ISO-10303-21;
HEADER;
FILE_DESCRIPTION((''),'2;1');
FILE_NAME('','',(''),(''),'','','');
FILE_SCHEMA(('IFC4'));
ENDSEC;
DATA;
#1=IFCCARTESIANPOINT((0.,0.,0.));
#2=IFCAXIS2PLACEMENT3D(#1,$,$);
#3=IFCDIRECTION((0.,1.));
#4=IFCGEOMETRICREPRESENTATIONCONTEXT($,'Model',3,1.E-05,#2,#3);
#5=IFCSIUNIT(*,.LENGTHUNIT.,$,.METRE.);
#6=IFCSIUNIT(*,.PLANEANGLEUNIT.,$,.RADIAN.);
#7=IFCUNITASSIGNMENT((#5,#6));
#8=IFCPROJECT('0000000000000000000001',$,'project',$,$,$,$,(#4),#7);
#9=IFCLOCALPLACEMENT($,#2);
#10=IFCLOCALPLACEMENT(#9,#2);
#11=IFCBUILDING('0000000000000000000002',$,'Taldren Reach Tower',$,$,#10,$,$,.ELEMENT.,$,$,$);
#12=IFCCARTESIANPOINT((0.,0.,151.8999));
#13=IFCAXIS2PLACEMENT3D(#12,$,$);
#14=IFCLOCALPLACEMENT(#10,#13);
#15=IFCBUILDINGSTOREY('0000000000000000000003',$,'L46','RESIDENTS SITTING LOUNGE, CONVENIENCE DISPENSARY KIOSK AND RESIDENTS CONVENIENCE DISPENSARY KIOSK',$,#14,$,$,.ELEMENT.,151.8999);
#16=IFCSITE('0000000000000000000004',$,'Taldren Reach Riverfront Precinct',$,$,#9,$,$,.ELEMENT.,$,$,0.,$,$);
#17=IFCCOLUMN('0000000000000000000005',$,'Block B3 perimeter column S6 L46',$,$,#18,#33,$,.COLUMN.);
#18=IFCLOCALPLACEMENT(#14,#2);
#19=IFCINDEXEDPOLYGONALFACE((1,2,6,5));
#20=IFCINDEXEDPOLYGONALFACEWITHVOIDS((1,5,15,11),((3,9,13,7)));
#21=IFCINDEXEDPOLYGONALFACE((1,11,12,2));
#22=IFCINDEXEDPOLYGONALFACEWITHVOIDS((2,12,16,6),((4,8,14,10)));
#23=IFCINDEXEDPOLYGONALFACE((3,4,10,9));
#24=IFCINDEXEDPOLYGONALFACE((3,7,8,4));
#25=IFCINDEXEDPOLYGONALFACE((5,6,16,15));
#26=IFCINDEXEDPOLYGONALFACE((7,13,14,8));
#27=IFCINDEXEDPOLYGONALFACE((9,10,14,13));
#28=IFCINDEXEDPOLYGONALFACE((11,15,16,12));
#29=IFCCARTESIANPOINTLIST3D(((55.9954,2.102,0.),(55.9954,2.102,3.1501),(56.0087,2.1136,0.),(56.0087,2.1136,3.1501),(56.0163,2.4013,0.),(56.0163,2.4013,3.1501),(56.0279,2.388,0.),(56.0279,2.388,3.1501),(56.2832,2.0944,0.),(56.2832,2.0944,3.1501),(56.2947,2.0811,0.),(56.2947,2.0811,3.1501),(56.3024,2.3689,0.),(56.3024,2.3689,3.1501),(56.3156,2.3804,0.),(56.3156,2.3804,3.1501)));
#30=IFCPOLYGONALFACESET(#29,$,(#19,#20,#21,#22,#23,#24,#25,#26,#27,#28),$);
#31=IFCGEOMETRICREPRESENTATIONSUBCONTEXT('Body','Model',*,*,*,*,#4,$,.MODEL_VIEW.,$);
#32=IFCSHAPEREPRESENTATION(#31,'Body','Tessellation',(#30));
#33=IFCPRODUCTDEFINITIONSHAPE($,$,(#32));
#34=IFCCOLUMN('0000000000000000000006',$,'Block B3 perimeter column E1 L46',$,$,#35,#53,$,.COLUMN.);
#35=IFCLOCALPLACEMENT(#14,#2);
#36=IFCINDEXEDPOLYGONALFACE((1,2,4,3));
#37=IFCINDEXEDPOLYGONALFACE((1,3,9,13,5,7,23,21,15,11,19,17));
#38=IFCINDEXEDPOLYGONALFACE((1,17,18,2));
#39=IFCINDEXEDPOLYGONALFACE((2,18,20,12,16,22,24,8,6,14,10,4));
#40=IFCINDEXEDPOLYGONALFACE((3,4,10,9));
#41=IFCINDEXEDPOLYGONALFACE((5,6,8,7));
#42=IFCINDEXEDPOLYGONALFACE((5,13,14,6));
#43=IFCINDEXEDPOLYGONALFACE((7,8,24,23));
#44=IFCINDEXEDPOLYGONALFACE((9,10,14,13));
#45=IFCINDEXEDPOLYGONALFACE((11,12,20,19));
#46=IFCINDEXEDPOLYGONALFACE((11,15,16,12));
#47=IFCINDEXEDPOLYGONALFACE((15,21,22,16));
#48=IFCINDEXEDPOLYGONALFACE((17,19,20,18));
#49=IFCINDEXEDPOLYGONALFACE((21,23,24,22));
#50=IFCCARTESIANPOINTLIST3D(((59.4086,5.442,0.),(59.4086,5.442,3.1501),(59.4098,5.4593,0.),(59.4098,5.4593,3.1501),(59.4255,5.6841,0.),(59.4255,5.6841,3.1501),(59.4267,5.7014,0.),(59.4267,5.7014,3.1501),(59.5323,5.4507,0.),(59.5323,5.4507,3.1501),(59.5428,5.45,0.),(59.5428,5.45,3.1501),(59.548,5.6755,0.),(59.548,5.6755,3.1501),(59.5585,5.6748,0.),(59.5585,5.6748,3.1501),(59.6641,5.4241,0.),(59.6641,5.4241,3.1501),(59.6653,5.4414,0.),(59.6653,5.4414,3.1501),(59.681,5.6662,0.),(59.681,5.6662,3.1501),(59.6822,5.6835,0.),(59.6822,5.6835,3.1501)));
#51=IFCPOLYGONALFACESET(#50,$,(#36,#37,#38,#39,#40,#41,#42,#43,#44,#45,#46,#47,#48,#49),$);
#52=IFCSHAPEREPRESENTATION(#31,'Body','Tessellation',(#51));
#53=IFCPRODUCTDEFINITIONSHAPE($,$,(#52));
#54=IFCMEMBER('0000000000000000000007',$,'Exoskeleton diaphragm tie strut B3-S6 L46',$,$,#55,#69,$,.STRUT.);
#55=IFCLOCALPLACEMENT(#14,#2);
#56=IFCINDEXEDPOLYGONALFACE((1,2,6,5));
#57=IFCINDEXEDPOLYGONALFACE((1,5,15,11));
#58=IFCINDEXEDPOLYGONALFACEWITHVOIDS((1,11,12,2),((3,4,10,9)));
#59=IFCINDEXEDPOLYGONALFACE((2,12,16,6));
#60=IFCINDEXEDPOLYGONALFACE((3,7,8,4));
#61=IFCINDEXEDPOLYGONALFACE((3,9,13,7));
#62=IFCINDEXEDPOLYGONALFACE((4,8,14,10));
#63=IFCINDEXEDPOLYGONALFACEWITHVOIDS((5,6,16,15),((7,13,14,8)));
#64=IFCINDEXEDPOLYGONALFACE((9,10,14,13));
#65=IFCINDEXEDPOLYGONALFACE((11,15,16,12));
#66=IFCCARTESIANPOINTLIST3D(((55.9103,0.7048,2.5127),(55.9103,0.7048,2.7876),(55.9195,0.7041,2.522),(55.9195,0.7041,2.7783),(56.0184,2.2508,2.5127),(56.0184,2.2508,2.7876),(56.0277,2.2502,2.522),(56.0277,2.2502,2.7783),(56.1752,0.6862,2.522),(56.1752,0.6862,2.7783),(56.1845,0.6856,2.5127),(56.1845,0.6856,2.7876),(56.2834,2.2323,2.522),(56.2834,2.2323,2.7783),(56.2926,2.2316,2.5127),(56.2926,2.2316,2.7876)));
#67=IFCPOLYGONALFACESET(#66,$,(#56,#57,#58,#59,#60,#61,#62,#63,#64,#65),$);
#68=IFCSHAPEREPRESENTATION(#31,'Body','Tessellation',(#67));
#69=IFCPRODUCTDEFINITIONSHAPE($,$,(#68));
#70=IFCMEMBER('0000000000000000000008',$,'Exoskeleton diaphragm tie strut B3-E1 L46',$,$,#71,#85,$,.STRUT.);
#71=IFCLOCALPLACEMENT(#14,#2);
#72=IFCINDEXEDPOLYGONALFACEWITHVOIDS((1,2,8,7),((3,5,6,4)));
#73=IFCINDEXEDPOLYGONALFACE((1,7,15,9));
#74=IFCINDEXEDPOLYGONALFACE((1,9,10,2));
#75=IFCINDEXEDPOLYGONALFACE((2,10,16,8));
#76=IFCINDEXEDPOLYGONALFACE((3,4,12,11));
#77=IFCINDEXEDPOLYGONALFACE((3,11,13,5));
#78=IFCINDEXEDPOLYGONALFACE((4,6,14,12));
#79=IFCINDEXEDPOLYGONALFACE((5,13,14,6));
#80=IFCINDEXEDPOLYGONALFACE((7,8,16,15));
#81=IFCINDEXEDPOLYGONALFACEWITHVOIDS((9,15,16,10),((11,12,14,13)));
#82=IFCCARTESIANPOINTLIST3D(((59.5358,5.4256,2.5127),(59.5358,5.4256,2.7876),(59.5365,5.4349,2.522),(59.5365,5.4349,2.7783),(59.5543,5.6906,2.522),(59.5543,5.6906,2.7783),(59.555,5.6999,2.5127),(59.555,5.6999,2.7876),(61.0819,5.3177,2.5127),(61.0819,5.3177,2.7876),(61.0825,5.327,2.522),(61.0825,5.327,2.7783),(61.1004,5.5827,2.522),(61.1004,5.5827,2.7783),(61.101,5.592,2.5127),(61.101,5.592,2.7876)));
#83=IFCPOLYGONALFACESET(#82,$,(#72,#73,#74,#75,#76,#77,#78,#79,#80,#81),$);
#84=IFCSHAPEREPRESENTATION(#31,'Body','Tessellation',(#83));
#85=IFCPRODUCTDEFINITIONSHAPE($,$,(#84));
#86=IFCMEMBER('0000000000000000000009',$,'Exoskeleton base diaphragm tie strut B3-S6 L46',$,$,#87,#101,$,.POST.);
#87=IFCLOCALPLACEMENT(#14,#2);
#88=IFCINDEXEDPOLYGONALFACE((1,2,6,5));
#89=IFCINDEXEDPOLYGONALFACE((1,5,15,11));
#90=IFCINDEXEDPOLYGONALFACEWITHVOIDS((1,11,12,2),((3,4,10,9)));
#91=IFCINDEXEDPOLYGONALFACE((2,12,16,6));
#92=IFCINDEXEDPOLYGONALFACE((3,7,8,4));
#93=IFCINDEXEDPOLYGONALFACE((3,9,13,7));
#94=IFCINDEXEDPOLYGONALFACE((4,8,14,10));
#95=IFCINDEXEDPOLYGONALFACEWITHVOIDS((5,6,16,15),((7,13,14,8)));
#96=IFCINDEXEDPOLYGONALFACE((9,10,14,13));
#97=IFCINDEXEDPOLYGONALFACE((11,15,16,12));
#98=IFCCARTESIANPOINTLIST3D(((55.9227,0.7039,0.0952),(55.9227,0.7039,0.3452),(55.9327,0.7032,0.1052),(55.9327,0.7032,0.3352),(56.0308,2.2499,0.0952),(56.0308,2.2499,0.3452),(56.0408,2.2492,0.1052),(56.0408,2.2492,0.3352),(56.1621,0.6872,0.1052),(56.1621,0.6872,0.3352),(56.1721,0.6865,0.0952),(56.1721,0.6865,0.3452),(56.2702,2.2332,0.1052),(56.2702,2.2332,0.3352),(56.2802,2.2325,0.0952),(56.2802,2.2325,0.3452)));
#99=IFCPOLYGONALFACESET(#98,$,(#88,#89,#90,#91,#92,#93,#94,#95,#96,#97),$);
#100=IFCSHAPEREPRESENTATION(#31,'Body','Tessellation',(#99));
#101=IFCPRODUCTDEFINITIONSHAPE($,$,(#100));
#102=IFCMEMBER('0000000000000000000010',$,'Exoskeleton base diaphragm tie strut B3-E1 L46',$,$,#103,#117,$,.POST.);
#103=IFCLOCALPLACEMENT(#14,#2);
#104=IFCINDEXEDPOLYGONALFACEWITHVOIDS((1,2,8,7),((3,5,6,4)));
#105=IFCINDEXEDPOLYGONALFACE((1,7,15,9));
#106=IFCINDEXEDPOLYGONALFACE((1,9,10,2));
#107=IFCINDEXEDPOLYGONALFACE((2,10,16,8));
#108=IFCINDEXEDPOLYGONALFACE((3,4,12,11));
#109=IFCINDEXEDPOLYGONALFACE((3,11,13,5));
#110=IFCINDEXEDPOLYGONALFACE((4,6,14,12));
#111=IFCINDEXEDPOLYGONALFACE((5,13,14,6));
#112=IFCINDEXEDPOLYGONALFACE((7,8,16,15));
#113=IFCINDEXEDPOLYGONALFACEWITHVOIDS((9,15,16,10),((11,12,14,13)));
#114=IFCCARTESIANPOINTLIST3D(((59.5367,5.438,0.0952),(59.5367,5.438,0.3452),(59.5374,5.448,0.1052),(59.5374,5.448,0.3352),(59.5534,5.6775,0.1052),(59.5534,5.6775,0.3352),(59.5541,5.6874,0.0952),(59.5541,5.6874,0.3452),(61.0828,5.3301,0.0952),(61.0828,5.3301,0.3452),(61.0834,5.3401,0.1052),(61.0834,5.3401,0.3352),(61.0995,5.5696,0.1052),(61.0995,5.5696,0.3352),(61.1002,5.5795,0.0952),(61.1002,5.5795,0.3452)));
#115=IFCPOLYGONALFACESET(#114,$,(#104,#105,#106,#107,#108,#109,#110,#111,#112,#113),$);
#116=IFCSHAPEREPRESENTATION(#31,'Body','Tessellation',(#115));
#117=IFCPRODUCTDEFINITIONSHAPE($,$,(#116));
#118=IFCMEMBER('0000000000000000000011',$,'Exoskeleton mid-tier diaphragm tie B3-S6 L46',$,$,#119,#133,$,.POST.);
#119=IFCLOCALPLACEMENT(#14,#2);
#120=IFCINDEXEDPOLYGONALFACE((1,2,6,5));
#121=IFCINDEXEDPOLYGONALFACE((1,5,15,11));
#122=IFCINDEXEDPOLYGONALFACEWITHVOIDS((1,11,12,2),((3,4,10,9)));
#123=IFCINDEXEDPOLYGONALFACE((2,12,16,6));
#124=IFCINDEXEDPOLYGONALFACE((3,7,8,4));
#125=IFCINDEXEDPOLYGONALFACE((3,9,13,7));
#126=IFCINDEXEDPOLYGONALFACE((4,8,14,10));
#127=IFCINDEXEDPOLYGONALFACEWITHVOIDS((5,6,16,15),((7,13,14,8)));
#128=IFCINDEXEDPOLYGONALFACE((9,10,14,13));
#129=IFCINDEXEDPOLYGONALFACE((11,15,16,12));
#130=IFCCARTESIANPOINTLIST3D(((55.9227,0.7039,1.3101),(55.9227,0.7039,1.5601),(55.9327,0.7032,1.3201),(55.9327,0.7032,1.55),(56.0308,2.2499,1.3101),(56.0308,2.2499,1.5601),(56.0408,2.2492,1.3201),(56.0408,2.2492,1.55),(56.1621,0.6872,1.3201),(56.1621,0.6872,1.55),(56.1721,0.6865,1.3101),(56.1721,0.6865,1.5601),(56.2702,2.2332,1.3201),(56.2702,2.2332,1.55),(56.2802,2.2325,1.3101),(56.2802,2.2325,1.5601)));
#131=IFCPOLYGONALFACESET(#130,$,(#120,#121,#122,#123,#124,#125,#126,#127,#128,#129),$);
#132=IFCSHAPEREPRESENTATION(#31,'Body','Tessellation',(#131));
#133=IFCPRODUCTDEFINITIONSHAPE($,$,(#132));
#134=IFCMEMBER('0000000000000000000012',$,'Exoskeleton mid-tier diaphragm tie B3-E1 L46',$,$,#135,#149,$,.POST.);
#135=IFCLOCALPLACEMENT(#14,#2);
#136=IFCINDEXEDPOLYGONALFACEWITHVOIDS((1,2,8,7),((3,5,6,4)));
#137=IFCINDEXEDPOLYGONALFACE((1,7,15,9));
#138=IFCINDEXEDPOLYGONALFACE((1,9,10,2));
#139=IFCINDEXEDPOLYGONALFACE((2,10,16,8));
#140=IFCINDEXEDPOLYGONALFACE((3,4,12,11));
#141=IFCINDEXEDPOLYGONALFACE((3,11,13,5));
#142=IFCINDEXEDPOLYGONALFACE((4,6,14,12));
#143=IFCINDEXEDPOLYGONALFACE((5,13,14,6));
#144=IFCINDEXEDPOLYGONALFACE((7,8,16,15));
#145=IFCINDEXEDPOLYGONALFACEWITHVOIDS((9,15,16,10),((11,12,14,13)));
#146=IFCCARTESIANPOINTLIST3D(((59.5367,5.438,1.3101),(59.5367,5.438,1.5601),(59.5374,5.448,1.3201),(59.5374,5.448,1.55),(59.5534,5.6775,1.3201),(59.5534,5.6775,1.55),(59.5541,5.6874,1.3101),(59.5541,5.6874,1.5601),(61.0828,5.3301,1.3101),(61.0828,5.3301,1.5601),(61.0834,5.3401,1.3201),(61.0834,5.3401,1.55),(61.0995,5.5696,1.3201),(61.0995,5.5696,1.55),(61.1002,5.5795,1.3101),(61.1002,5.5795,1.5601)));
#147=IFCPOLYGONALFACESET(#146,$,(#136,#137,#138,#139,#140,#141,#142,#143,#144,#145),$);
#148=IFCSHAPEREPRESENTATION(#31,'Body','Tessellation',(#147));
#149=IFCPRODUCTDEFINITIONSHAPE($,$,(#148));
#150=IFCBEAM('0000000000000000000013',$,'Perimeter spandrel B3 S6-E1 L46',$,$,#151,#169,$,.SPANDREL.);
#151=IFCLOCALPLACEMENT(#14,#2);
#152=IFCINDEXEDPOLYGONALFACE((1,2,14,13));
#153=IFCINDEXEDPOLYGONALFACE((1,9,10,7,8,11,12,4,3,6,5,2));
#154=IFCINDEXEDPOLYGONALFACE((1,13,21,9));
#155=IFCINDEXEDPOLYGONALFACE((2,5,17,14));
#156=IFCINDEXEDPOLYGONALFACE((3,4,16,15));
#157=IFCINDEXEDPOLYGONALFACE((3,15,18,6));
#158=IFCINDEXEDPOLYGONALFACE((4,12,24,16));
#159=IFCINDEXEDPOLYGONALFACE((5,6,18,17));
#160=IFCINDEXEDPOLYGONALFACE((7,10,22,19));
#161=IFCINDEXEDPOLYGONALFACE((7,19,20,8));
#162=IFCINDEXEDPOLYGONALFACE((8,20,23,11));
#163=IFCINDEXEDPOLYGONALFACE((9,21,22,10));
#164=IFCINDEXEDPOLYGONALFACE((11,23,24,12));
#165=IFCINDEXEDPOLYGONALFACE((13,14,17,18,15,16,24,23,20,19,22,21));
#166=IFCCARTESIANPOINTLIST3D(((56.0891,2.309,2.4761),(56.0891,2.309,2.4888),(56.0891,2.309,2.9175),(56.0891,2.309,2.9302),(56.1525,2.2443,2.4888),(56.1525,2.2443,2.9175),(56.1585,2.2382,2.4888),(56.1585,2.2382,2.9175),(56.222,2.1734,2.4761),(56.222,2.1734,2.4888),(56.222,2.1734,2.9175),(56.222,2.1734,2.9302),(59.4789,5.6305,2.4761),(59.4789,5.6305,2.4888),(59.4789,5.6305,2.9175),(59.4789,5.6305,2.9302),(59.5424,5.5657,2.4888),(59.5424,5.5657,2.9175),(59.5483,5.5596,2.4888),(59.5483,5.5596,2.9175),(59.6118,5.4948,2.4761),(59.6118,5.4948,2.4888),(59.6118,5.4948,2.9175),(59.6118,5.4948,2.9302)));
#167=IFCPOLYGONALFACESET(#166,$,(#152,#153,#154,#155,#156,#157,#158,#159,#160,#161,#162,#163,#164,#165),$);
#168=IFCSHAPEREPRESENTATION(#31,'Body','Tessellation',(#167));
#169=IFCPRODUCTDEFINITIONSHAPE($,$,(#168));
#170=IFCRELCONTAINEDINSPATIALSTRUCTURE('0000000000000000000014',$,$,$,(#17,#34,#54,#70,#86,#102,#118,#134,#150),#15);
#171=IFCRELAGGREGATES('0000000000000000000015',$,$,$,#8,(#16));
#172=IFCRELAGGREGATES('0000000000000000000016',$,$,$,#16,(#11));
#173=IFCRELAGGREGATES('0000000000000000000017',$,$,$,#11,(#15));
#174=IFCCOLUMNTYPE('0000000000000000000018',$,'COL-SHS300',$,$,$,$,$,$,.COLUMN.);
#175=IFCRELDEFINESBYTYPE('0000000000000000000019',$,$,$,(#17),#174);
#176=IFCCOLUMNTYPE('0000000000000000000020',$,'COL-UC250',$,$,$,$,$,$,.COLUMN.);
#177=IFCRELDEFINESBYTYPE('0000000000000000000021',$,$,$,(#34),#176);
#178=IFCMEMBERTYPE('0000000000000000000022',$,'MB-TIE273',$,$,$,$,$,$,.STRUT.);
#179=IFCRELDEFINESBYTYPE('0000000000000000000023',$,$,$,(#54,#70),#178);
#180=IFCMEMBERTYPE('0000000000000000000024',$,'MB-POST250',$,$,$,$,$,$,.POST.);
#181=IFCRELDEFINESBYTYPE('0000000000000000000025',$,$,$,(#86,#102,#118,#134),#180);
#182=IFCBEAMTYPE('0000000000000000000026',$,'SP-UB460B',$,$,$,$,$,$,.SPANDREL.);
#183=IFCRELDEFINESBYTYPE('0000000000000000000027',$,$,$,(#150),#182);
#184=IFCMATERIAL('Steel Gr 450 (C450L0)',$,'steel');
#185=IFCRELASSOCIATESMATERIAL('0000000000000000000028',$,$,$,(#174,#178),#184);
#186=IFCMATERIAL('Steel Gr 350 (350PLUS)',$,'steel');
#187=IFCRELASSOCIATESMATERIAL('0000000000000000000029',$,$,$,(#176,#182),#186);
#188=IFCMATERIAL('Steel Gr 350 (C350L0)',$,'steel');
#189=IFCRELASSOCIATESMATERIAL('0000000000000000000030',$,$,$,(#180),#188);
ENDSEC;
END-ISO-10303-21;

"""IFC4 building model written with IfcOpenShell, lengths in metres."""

from ifc_helpers import new_model, si_unit, direction, frame, origin, origin_2d, place, context, subcontext, project, spatial, hollow_rectangle, i_section, extrude, source, transform, mapped, material, material_profile, profile_set, type_object, element, save


model = new_model("IFC4")

# Units and contexts
model_context = context("Model", 3, precision=1e-05, world=origin(), true_north=direction((0.0, 1.0)))
body_context = subcontext(model_context, "Body", "Model", "MODEL_VIEW")
ifc_project = project(units=[si_unit("LENGTHUNIT", "METRE"), si_unit("PLANEANGLEUNIT", "RADIAN")], contexts=[model_context])

# Site, building, storey
site_placement = place(None, origin())
site = spatial("IfcSite", under=ifc_project, at=site_placement, Name="Taldren Reach Riverfront Precinct", CompositionType="ELEMENT", RefElevation=0.0)
building_placement = place(site_placement, origin())
building = spatial("IfcBuilding", under=site, at=building_placement, Name="Taldren Reach Tower", CompositionType="ELEMENT")
storey_placement = place(building_placement, frame((0.0, 0.0, 151.8999)))
storey = spatial("IfcBuildingStorey", under=building, at=storey_placement, Name="L46", Description="RESIDENTS SITTING LOUNGE, CONVENIENCE DISPENSARY KIOSK AND RESIDENTS CONVENIENCE DISPENSARY KIOSK", CompositionType="ELEMENT", Elevation=151.8999)

# Columns
ifc_material_1 = material(Name="Steel Gr 450 (C450L0)", Category="steel")
ifc_material_profile_1 = material_profile(ifc_material_1, hollow_rectangle(XDim=0.3, YDim=0.3, WallThickness=0.0125, at=origin_2d()), Name="300x300x12.5SHS")
ifc_profile_set_1 = profile_set([ifc_material_profile_1], Name="Steel Gr 450 (C450L0)")
column_type_1 = type_object("IfcColumnType", Name="COL-SHS300", PredefinedType="COLUMN", material=ifc_profile_set_1)
shared_shape_1 = source(origin(), body_context, "Body", "SweptSolid", [
    extrude(hollow_rectangle(XDim=0.3, YDim=0.3, WallThickness=0.0125, at=origin_2d()), origin(), (0.0, 0.0, 1.0), 3.1501),
])
column_1_placement = place(storey_placement, frame((56.1555, 2.2412, 0.0), z_axis=(0.0, 0.0, 1.0), x_axis=(0.997564, -0.069756, 0.0)))
element("IfcColumn", 1, at=column_1_placement, inside=storey, type_object=column_type_1, Name="Block B3 perimeter column S6 L46", PredefinedType="COLUMN", context=body_context, shape_type="MappedRepresentation", body=[
    mapped(shared_shape_1, transform((0.0, 0.0, 0.0), scale=1.0)),
])
ifc_material_2 = material(Name="Steel Gr 350 (350PLUS)", Category="steel")
ifc_material_profile_2 = material_profile(ifc_material_2, i_section(OverallWidth=0.2561, OverallDepth=0.26, WebThickness=0.0105, FlangeThickness=0.0173, at=origin_2d()), Name="250UC89.5")
ifc_profile_set_2 = profile_set([ifc_material_profile_2], Name="Steel Gr 350 (350PLUS)")
column_type_2 = type_object("IfcColumnType", Name="COL-UC250", PredefinedType="COLUMN", material=ifc_profile_set_2)
shared_shape_2 = source(origin(), body_context, "Body", "SweptSolid", [
    extrude(i_section(OverallWidth=0.2561, OverallDepth=0.26, WebThickness=0.0105, FlangeThickness=0.0173, at=origin_2d()), origin(), (0.0, 0.0, 1.0), 3.1501),
])
column_2_placement = place(storey_placement, frame((59.5454, 5.5627, 0.0), z_axis=(0.0, 0.0, 1.0), x_axis=(0.997564, -0.069756, 0.0)))
element("IfcColumn", 2, at=column_2_placement, inside=storey, type_object=column_type_2, Name="Block B3 perimeter column E1 L46", PredefinedType="COLUMN", context=body_context, shape_type="MappedRepresentation", body=[
    mapped(shared_shape_2, transform((0.0, 0.0, 0.0), scale=1.0)),
])

# Members
ifc_material_profile_3 = material_profile(ifc_material_1, hollow_rectangle(XDim=0.2749, YDim=0.2749, WallThickness=0.0093, at=origin_2d()), Name="275x275x9.3SHS")
ifc_profile_set_3 = profile_set([ifc_material_profile_3], Name="Steel Gr 450 (C450L0)")
member_type_1 = type_object("IfcMemberType", Name="MB-TIE273", PredefinedType="STRUT", material=ifc_profile_set_3)
shared_shape_3 = source(origin(), body_context, "Body", "SweptSolid", [
    extrude(hollow_rectangle(XDim=0.2749, YDim=0.2749, WallThickness=0.0093, at=origin_2d()), origin(), (0.0, 0.0, 1.0), 1.5498),
])
for number, where, z_axis, x_axis, name in (
    (3, (56.1555, 2.2412, 2.6501), (-0.069781, -0.997562, 0.0), (0.997562, -0.069781, 0.0), "Exoskeleton diaphragm tie strut B3-S6 L46"),
    (4, (59.5454, 5.5627, 2.6501), (0.997573, -0.069624, 0.0), (0.069624, 0.997573, 0.0), "Exoskeleton diaphragm tie strut B3-E1 L46"),
):
    element("IfcMember", number, at=place(storey_placement, frame(where, z_axis=z_axis, x_axis=x_axis)), inside=storey, type_object=member_type_1, Name=name, PredefinedType="STRUT", context=body_context, shape_type="MappedRepresentation", body=[
        mapped(shared_shape_3, transform((0.0, 0.0, 0.0), scale=1.0)),
    ])
ifc_material_3 = material(Name="Steel Gr 350 (C350L0)", Category="steel")
ifc_material_profile_4 = material_profile(ifc_material_3, hollow_rectangle(XDim=0.25, YDim=0.25, WallThickness=0.01, at=origin_2d()), Name="250x250x10.0SHS")
ifc_profile_set_4 = profile_set([ifc_material_profile_4], Name="Steel Gr 350 (C350L0)")
member_type_2 = type_object("IfcMemberType", Name="MB-POST250", PredefinedType="POST", material=ifc_profile_set_4)
shared_shape_4 = source(origin(), body_context, "Body", "SweptSolid", [
    extrude(hollow_rectangle(XDim=0.25, YDim=0.25, WallThickness=0.01, at=origin_2d()), origin(), (0.0, 0.0, 1.0), 1.5498),
])
for number, where, z_axis, x_axis, name in (
    (5, (56.1555, 2.2412, 0.2202), (-0.069781, -0.997562, 0.0), (0.997562, -0.069781, 0.0), "Exoskeleton base diaphragm tie strut B3-S6 L46"),
    (6, (59.5454, 5.5627, 0.2202), (0.997573, -0.069624, 0.0), (0.069624, 0.997573, 0.0), "Exoskeleton base diaphragm tie strut B3-E1 L46"),
    (7, (56.1555, 2.2412, 1.4351), (-0.069781, -0.997562, 0.0), (0.997562, -0.069781, 0.0), "Exoskeleton mid-tier diaphragm tie B3-S6 L46"),
    (8, (59.5454, 5.5627, 1.4351), (0.997573, -0.069624, 0.0), (0.069624, 0.997573, 0.0), "Exoskeleton mid-tier diaphragm tie B3-E1 L46"),
):
    element("IfcMember", number, at=place(storey_placement, frame(where, z_axis=z_axis, x_axis=x_axis)), inside=storey, type_object=member_type_2, Name=name, PredefinedType="POST", context=body_context, shape_type="MappedRepresentation", body=[
        mapped(shared_shape_4, transform((0.0, 0.0, 0.0), scale=1.0)),
    ])

# Beam
ifc_material_profile_5 = material_profile(ifc_material_2, i_section(OverallWidth=0.1899, OverallDepth=0.4541, WebThickness=0.0085, FlangeThickness=0.0127, at=origin_2d()), Name="460UB67.1")
ifc_profile_set_5 = profile_set([ifc_material_profile_5], Name="Steel Gr 350 (350PLUS)")
beam_type_1 = type_object("IfcBeamType", Name="SP-UB460B", PredefinedType="SPANDREL", material=ifc_profile_set_5)
shared_shape_5 = source(origin(), body_context, "Body", "SweptSolid", [
    extrude(i_section(OverallWidth=0.1899, OverallDepth=0.4541, WebThickness=0.0085, FlangeThickness=0.0127, at=origin_2d()), origin(), (0.0, 0.0, 1.0), 4.7458),
])
beam_1_placement = place(storey_placement, frame((56.1555, 2.2412, 2.7031), z_axis=(0.714272, 0.699868, 0.0), x_axis=(-0.699868, 0.714272, 0.0)))
element("IfcBeam", 9, at=beam_1_placement, inside=storey, type_object=beam_type_1, Name="Perimeter spandrel B3 S6-E1 L46", PredefinedType="SPANDREL", context=body_context, shape_type="MappedRepresentation", body=[
    mapped(shared_shape_5, transform((0.0, 0.0, 0.0), scale=1.0)),
])

save(model, "model.ifc")
